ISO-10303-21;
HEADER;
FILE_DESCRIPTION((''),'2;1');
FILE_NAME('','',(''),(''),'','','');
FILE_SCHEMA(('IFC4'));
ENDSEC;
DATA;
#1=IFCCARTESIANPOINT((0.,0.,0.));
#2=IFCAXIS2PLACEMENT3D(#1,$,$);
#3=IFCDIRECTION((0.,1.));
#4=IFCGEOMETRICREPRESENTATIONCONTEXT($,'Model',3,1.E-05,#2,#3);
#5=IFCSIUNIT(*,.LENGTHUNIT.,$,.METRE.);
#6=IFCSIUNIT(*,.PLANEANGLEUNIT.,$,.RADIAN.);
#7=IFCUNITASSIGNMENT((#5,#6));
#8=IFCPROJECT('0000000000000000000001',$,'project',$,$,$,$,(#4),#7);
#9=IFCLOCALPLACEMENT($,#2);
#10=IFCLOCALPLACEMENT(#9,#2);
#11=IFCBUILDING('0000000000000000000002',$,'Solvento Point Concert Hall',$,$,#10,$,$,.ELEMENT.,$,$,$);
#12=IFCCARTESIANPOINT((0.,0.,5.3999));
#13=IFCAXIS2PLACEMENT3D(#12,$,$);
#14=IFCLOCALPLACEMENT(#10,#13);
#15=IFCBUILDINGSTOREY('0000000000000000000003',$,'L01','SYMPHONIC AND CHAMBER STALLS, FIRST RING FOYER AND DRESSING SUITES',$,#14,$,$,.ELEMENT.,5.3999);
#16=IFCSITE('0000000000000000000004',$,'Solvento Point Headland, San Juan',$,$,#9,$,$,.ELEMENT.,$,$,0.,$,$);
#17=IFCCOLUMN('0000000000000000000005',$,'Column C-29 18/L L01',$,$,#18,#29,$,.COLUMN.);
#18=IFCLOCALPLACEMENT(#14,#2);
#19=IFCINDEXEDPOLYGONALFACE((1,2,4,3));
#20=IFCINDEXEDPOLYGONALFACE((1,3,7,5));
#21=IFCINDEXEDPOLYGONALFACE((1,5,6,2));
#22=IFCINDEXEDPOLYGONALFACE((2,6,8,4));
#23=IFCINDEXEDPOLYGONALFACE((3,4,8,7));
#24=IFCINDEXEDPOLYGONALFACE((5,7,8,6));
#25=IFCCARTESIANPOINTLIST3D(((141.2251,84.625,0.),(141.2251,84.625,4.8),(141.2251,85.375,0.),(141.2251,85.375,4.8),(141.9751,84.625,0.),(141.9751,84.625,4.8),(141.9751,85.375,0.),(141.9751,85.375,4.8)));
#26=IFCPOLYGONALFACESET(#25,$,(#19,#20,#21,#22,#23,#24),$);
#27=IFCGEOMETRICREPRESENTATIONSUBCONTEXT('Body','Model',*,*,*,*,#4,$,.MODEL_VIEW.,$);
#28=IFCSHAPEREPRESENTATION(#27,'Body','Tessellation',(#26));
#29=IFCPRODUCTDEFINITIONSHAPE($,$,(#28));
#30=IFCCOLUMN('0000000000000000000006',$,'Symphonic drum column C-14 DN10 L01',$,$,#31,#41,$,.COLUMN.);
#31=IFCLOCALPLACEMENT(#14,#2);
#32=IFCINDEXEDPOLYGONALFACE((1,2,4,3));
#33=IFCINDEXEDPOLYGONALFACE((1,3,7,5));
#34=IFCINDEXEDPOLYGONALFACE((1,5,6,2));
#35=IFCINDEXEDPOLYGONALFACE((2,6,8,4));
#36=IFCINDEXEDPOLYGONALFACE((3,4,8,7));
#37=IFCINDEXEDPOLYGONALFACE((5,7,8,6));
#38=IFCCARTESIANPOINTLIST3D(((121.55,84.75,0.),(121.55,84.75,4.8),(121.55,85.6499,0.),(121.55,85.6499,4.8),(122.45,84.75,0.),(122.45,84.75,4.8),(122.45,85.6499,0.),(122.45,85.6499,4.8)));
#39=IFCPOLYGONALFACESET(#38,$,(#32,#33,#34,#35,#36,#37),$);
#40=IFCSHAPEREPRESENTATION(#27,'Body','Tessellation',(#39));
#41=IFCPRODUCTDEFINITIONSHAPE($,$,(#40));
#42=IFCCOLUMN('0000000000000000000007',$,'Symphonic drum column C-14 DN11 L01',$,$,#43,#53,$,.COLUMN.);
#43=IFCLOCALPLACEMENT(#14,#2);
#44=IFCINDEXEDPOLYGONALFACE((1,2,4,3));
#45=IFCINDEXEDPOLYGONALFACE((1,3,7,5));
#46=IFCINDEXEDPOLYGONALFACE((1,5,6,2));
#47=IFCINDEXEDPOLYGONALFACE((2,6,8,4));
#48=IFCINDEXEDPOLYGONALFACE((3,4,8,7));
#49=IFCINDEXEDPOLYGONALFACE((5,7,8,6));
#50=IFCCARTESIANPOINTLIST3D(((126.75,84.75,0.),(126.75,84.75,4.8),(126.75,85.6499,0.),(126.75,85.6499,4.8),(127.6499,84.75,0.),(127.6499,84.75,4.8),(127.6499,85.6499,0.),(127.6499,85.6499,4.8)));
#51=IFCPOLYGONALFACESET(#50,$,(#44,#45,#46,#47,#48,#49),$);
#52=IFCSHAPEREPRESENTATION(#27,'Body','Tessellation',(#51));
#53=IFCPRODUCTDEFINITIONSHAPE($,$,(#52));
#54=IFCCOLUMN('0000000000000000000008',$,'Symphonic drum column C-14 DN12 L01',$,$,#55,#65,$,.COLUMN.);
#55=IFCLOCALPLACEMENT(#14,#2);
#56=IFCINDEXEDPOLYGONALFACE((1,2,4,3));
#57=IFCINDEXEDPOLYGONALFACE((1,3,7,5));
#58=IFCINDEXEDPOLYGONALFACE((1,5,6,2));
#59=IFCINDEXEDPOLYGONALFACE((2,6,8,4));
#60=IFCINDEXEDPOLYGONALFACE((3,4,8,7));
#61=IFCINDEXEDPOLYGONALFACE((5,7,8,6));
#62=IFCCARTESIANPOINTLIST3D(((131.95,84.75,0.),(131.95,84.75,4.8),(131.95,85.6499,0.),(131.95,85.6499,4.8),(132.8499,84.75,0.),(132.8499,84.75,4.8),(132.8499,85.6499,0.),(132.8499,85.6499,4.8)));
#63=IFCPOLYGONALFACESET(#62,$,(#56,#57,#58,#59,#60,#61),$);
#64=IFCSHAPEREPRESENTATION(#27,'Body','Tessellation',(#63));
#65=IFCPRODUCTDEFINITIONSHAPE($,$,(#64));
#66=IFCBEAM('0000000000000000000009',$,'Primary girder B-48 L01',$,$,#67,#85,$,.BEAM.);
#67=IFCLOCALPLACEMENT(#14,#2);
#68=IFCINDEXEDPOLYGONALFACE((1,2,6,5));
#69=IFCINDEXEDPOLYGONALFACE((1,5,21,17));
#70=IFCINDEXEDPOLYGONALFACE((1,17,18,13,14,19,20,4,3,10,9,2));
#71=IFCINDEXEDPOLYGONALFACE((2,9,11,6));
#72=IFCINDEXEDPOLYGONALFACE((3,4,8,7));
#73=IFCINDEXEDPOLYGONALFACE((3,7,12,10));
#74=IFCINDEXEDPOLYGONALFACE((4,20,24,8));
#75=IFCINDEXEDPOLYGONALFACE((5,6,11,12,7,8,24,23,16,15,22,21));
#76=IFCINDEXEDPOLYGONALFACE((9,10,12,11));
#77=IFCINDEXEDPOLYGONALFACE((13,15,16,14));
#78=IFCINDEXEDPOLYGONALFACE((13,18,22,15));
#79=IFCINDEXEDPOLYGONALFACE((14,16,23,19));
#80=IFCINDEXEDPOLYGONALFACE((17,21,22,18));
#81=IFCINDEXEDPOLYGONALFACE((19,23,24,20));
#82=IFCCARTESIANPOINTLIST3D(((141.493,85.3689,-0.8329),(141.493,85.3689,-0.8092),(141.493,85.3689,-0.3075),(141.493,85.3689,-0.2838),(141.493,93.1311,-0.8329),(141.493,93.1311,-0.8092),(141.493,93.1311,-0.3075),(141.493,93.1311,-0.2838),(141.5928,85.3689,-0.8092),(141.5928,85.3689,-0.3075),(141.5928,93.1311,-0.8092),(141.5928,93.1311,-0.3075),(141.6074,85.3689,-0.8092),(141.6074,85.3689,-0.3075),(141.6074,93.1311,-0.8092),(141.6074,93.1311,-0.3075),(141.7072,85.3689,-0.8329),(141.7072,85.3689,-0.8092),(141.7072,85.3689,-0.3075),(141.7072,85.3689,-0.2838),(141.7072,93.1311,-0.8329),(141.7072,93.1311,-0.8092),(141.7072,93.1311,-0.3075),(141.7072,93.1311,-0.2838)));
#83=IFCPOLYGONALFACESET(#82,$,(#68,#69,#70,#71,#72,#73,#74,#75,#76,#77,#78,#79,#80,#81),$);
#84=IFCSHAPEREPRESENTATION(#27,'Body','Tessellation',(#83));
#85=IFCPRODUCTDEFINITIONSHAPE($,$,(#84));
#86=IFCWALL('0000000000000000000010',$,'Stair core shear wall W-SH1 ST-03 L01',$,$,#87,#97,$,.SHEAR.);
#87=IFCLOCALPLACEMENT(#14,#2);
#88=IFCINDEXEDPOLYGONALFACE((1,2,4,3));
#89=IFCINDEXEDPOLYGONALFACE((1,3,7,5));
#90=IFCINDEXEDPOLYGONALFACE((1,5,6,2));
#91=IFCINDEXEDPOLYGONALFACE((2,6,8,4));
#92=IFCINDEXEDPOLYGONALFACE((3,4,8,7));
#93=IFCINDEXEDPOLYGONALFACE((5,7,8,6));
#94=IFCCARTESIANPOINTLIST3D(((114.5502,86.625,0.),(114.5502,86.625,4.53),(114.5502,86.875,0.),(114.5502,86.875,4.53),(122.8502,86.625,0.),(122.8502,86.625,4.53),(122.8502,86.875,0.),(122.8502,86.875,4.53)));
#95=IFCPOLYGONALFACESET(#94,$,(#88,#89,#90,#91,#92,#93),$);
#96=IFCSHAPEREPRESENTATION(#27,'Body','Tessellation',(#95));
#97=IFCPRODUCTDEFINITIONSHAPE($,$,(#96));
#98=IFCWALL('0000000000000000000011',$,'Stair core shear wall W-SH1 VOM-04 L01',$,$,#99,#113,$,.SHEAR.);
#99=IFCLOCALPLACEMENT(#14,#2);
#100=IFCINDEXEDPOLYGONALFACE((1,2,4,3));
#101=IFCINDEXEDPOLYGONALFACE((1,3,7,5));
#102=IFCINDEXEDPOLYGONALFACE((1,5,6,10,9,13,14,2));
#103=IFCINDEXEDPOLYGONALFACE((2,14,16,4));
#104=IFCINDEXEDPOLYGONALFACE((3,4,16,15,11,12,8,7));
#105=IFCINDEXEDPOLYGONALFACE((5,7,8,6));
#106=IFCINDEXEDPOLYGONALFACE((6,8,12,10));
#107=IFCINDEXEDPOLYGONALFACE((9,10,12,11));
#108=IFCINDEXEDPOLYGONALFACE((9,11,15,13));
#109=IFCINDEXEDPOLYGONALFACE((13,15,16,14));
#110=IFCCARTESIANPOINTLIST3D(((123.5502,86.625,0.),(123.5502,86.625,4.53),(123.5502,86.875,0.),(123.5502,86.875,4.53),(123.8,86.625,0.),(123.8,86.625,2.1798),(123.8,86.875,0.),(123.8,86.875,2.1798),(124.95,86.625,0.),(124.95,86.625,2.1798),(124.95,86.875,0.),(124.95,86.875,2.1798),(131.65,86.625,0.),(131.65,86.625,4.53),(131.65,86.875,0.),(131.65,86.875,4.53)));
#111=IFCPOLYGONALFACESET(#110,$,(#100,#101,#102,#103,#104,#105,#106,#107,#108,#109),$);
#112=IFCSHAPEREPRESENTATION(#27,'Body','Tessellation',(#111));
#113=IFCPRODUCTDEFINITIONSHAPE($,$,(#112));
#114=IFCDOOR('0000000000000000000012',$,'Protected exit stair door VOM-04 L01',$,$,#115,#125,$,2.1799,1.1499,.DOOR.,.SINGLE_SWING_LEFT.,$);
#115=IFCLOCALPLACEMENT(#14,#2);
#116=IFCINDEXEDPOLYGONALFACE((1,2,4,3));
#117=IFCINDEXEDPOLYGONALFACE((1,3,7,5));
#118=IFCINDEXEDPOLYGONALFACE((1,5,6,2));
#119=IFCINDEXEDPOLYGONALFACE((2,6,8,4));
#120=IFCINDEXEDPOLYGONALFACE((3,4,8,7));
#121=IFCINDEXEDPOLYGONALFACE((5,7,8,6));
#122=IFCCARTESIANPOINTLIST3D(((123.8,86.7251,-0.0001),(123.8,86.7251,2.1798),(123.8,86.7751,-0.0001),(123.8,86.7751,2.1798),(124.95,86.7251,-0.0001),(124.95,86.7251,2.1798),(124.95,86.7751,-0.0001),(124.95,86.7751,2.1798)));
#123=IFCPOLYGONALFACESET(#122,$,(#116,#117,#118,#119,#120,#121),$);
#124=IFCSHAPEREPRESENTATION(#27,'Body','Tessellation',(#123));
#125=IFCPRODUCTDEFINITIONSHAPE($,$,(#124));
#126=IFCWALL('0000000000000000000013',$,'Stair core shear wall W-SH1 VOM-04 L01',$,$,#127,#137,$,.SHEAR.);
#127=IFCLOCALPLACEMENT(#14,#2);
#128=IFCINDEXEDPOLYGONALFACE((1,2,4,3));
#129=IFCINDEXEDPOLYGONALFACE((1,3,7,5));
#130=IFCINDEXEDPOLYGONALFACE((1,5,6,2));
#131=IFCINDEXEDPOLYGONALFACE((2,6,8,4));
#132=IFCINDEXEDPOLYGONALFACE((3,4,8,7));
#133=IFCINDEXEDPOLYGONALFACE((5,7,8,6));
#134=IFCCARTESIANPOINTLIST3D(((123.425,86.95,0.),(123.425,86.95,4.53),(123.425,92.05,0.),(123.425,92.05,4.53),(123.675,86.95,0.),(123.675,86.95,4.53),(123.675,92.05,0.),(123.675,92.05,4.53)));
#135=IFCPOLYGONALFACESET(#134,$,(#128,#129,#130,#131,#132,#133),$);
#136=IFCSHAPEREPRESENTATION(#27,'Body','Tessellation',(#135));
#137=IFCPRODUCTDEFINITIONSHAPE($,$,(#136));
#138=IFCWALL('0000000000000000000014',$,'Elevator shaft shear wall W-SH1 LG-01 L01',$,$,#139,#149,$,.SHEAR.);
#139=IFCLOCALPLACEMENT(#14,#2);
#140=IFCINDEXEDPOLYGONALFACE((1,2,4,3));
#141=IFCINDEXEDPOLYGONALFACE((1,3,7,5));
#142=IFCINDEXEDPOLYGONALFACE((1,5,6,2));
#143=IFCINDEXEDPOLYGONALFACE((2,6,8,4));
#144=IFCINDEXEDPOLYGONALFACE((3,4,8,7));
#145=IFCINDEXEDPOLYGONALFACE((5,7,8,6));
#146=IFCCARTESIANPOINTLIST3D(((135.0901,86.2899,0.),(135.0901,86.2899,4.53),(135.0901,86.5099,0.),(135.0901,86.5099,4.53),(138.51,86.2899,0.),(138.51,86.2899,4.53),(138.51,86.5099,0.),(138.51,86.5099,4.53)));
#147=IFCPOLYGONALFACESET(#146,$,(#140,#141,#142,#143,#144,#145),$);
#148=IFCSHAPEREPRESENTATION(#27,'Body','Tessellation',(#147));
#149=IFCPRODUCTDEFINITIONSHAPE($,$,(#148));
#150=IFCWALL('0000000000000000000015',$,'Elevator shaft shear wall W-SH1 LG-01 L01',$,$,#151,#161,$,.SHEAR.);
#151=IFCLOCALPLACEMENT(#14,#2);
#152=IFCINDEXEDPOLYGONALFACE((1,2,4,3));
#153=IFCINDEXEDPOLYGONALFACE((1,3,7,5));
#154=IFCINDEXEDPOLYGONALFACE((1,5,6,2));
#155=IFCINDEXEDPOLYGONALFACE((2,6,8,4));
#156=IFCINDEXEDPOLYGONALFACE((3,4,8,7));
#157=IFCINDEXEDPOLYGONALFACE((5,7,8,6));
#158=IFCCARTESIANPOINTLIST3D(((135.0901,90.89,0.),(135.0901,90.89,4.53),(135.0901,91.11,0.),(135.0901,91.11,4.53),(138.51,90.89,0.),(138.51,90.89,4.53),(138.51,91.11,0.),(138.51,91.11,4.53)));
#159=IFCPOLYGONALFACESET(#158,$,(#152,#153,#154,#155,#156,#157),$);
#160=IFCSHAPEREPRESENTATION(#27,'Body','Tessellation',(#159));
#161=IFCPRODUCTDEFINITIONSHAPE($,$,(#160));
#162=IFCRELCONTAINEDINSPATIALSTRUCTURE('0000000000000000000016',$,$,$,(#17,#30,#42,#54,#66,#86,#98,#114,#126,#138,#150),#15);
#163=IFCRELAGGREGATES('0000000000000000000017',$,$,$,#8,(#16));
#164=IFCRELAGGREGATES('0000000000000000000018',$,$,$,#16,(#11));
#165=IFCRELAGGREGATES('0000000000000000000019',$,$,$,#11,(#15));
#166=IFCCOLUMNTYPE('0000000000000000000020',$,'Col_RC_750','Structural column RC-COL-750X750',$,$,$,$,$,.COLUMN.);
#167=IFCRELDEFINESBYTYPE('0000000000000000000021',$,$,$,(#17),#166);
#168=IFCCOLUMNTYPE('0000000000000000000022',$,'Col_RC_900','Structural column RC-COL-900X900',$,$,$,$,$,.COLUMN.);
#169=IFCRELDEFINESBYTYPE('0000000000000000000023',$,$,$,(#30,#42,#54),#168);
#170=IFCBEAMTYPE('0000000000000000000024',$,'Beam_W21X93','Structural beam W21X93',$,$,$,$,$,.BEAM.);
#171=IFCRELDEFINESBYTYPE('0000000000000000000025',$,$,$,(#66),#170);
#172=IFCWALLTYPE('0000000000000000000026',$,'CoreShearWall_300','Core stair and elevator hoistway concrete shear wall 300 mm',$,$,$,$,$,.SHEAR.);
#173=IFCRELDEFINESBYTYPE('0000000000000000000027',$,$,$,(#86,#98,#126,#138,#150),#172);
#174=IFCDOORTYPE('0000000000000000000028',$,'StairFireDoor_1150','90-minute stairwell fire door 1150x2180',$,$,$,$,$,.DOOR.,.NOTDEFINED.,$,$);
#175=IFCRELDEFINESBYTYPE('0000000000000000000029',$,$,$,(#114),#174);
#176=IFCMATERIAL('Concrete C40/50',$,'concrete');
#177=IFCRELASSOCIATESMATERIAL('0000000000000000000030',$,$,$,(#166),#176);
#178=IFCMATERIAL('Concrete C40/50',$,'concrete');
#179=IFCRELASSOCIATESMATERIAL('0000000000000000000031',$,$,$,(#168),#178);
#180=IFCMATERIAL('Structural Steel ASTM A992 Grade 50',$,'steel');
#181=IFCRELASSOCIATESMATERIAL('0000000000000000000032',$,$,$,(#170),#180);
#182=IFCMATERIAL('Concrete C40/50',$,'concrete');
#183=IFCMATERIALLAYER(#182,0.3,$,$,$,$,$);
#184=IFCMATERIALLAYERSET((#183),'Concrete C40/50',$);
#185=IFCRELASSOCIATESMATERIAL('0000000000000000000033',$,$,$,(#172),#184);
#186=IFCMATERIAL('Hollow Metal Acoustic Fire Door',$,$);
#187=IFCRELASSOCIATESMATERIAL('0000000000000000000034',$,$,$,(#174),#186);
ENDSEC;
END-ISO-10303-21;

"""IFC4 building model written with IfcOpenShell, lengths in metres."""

from ifc_helpers import new_model, si_unit, direction, frame, frame_2d, origin, origin_2d, place, context, subcontext, project, spatial, rectangle, i_section, extrude, material, layer, layer_set, material_profile, profile_set, type_object, element, fill, save


model = new_model("IFC4")

# Units and contexts
model_context = context("Model", 3, precision=1e-05, world=origin(), true_north=direction((0.0, 1.0)))
body_context = subcontext(model_context, "Body", "Model", "MODEL_VIEW")
ifc_project = project(units=[si_unit("LENGTHUNIT", "METRE"), si_unit("PLANEANGLEUNIT", "RADIAN")], contexts=[model_context])

# Site, building, storey
site_placement = place(None, origin())
site = spatial("IfcSite", under=ifc_project, at=site_placement, Name="Solvento Point Headland, San Juan", CompositionType="ELEMENT", RefElevation=0.0)
building_placement = place(site_placement, origin())
building = spatial("IfcBuilding", under=site, at=building_placement, Name="Solvento Point Concert Hall", CompositionType="ELEMENT")
storey_placement = place(building_placement, frame((0.0, 0.0, 5.3999)))
storey = spatial("IfcBuildingStorey", under=building, at=storey_placement, Name="L01", Description="SYMPHONIC AND CHAMBER STALLS, FIRST RING FOYER AND DRESSING SUITES", CompositionType="ELEMENT", Elevation=5.3999)

# Columns
ifc_material_1 = material(Name="Concrete C40/50", Category="concrete")
ifc_material_profile_1 = material_profile(ifc_material_1, rectangle(XDim=0.75, YDim=0.75, at=origin_2d()), Name="RC-COL-750X750")
ifc_profile_set_1 = profile_set([ifc_material_profile_1], Name="Concrete C40/50")
column_type_1 = type_object("IfcColumnType", Name="Col_RC_750", Description="Structural column RC-COL-750X750", PredefinedType="COLUMN", material=ifc_profile_set_1)
column_placement = place(storey_placement, frame((141.6001, 85.0, 0.0), z_axis=(0.0, 0.0, 1.0), x_axis=(1.0, 0.0, 0.0)))
element("IfcColumn", 1, at=column_placement, inside=storey, type_object=column_type_1, Name="Column C-29 18/L L01", PredefinedType="COLUMN", context=body_context, shape_type="SweptSolid", body=[
    extrude(rectangle(XDim=0.75, YDim=0.75, at=origin_2d()), origin(), (0.0, 0.0, 1.0), 4.8),
])
ifc_material_2 = material(Name="Concrete C40/50", Category="concrete")
ifc_material_profile_2 = material_profile(ifc_material_2, rectangle(XDim=0.8999, YDim=0.8999, at=origin_2d()), Name="RC-COL-900X900")
ifc_profile_set_2 = profile_set([ifc_material_profile_2], Name="Concrete C40/50")
column_type_2 = type_object("IfcColumnType", Name="Col_RC_900", Description="Structural column RC-COL-900X900", PredefinedType="COLUMN", material=ifc_profile_set_2)
for number, where, z_axis, x_axis, name in (
    (2, (122.0, 85.2, 0.0), (0.0, 0.0, 1.0), (1.0, 0.0, 0.0), "Symphonic drum column C-14 DN10 L01"),
    (3, (127.2, 85.2, 0.0), (0.0, 0.0, 1.0), (1.0, 0.0, 0.0), "Symphonic drum column C-14 DN11 L01"),
    (4, (132.3999, 85.2, 0.0), (0.0, 0.0, 1.0), (1.0, 0.0, 0.0), "Symphonic drum column C-14 DN12 L01"),
):
    element("IfcColumn", number, at=place(storey_placement, frame(where, z_axis=z_axis, x_axis=x_axis)), inside=storey, type_object=column_type_2, Name=name, PredefinedType="COLUMN", context=body_context, shape_type="SweptSolid", body=[
        extrude(rectangle(XDim=0.8999, YDim=0.8999, at=origin_2d()), origin(), (0.0, 0.0, 1.0), 4.8),
    ])

# Beam
ifc_material_3 = material(Name="Structural Steel ASTM A992 Grade 50", Category="steel")
ifc_material_profile_3 = material_profile(ifc_material_3, i_section(OverallWidth=0.2141, OverallDepth=0.5491, WebThickness=0.0146, FlangeThickness=0.0237, at=origin_2d()), Name="W21X93")
ifc_profile_set_3 = profile_set([ifc_material_profile_3], Name="Structural Steel ASTM A992 Grade 50")
beam_type = type_object("IfcBeamType", Name="Beam_W21X93", Description="Structural beam W21X93", PredefinedType="BEAM", material=ifc_profile_set_3)
beam_placement = place(storey_placement, frame((141.6001, 85.3689, -0.5583), z_axis=(0.0, 1.0, 0.0), x_axis=(-1.0, 0.0, 0.0)))
element("IfcBeam", 5, at=beam_placement, inside=storey, type_object=beam_type, Name="Primary girder B-48 L01", PredefinedType="BEAM", context=body_context, shape_type="SweptSolid", body=[
    extrude(i_section(OverallWidth=0.2141, OverallDepth=0.5491, WebThickness=0.0146, FlangeThickness=0.0237, at=origin_2d()), origin(), (0.0, 0.0, 1.0), 7.7622),
])

# Wall
ifc_material_4 = material(Name="Concrete C40/50", Category="concrete")
ifc_layer_1 = layer(ifc_material_4, 0.3)
ifc_layer_set_1 = layer_set([ifc_layer_1], Name="Concrete C40/50")
wall_type_1 = type_object("IfcWallType", Name="CoreShearWall_300", Description="Core stair and elevator hoistway concrete shear wall 300 mm", PredefinedType="SHEAR", material=ifc_layer_set_1)
wall_1_placement = place(storey_placement, frame((122.8501, 86.75, 0.0), z_axis=(0.0, 0.0, 1.0), x_axis=(-1.0, 0.0, 0.0)))
element("IfcWall", 6, at=wall_1_placement, inside=storey, type_object=wall_type_1, Name="Stair core shear wall W-SH1 ST-03 L01", PredefinedType="SHEAR", context=body_context, shape_type="SweptSolid", body=[
    extrude(rectangle(XDim=8.3, YDim=0.25, at=frame_2d((4.1499, 0.0))), origin(), (0.0, 0.0, 1.0), 4.53),
])

# Wall, opening, door
wall_2_placement = place(storey_placement, frame((131.6499, 86.75, 0.0), z_axis=(0.0, 0.0, 1.0), x_axis=(-1.0, 0.0, 0.0)))
wall_2 = element("IfcWall", 7, at=wall_2_placement, inside=storey, type_object=wall_type_1, Name="Stair core shear wall W-SH1 VOM-04 L01", PredefinedType="SHEAR", context=body_context, shape_type="SweptSolid", body=[
    extrude(rectangle(XDim=8.0999, YDim=0.25, at=frame_2d((4.0498, 0.0))), origin(), (0.0, 0.0, 1.0), 4.53),
])
opening_1_placement = place(wall_2_placement, frame((6.7, 0.0, 0.0)))
opening_1 = element("IfcOpeningElement", 8, at=opening_1_placement, cuts=wall_2, PredefinedType="OPENING", context=body_context, shape_type="SweptSolid", body=[
    extrude(rectangle(XDim=1.1499, YDim=2.1799, at=frame_2d((0.575, 1.0898))), frame((0.0, 0.135, 0.0), z_axis=(0.0, -1.0, 0.0), x_axis=(1.0, 0.0, 0.0)), (0.0, 0.0, 1.0), 0.27),
])
ifc_material_5 = material(Name="Hollow Metal Acoustic Fire Door")
door_type_1 = type_object("IfcDoorType", Name="StairFireDoor_1150", Description="90-minute stairwell fire door 1150x2180", OperationType="NOTDEFINED", PredefinedType="DOOR", material=ifc_material_5)
door_1_placement = place(opening_1_placement, origin())
door_1 = element("IfcDoor", 9, at=door_1_placement, inside=storey, type_object=door_type_1, Name="Protected exit stair door VOM-04 L01", OperationType="SINGLE_SWING_LEFT", OverallHeight=2.1799, OverallWidth=1.1499, PredefinedType="DOOR", context=body_context, shape_type="SweptSolid", body=[
    extrude(rectangle(XDim=1.1499, YDim=2.1799, at=frame_2d((0.575, 1.0898))), frame((0.0, 0.0249, 0.0), z_axis=(0.0, -1.0, 0.0), x_axis=(1.0, 0.0, 0.0)), (0.0, 0.0, 1.0), 0.05),
])
fill(opening_1, door_1)

# Walls
wall_3_placement = place(storey_placement, frame((123.55, 86.95, 0.0), z_axis=(0.0, 0.0, 1.0), x_axis=(0.0, 1.0, 0.0)))
element("IfcWall", 10, at=wall_3_placement, inside=storey, type_object=wall_type_1, Name="Stair core shear wall W-SH1 VOM-04 L01", PredefinedType="SHEAR", context=body_context, shape_type="SweptSolid", body=[
    extrude(rectangle(XDim=5.1001, YDim=0.25, at=frame_2d((2.55, 0.0))), origin(), (0.0, 0.0, 1.0), 4.53),
])
for number, where, z_axis, x_axis, name in (
    (11, (135.0901, 86.3999, 0.0), (0.0, 0.0, 1.0), (1.0, 0.0, 0.0), "Elevator shaft shear wall W-SH1 LG-01 L01"),
    (12, (135.0901, 91.0, 0.0), (0.0, 0.0, 1.0), (1.0, 0.0, 0.0), "Elevator shaft shear wall W-SH1 LG-01 L01"),
):
    element("IfcWall", number, at=place(storey_placement, frame(where, z_axis=z_axis, x_axis=x_axis)), inside=storey, type_object=wall_type_1, Name=name, PredefinedType="SHEAR", context=body_context, shape_type="SweptSolid", body=[
        extrude(rectangle(XDim=3.4199, YDim=0.22, at=frame_2d((1.71, 0.0))), origin(), (0.0, 0.0, 1.0), 4.53),
    ])

save(model, "model.ifc")
